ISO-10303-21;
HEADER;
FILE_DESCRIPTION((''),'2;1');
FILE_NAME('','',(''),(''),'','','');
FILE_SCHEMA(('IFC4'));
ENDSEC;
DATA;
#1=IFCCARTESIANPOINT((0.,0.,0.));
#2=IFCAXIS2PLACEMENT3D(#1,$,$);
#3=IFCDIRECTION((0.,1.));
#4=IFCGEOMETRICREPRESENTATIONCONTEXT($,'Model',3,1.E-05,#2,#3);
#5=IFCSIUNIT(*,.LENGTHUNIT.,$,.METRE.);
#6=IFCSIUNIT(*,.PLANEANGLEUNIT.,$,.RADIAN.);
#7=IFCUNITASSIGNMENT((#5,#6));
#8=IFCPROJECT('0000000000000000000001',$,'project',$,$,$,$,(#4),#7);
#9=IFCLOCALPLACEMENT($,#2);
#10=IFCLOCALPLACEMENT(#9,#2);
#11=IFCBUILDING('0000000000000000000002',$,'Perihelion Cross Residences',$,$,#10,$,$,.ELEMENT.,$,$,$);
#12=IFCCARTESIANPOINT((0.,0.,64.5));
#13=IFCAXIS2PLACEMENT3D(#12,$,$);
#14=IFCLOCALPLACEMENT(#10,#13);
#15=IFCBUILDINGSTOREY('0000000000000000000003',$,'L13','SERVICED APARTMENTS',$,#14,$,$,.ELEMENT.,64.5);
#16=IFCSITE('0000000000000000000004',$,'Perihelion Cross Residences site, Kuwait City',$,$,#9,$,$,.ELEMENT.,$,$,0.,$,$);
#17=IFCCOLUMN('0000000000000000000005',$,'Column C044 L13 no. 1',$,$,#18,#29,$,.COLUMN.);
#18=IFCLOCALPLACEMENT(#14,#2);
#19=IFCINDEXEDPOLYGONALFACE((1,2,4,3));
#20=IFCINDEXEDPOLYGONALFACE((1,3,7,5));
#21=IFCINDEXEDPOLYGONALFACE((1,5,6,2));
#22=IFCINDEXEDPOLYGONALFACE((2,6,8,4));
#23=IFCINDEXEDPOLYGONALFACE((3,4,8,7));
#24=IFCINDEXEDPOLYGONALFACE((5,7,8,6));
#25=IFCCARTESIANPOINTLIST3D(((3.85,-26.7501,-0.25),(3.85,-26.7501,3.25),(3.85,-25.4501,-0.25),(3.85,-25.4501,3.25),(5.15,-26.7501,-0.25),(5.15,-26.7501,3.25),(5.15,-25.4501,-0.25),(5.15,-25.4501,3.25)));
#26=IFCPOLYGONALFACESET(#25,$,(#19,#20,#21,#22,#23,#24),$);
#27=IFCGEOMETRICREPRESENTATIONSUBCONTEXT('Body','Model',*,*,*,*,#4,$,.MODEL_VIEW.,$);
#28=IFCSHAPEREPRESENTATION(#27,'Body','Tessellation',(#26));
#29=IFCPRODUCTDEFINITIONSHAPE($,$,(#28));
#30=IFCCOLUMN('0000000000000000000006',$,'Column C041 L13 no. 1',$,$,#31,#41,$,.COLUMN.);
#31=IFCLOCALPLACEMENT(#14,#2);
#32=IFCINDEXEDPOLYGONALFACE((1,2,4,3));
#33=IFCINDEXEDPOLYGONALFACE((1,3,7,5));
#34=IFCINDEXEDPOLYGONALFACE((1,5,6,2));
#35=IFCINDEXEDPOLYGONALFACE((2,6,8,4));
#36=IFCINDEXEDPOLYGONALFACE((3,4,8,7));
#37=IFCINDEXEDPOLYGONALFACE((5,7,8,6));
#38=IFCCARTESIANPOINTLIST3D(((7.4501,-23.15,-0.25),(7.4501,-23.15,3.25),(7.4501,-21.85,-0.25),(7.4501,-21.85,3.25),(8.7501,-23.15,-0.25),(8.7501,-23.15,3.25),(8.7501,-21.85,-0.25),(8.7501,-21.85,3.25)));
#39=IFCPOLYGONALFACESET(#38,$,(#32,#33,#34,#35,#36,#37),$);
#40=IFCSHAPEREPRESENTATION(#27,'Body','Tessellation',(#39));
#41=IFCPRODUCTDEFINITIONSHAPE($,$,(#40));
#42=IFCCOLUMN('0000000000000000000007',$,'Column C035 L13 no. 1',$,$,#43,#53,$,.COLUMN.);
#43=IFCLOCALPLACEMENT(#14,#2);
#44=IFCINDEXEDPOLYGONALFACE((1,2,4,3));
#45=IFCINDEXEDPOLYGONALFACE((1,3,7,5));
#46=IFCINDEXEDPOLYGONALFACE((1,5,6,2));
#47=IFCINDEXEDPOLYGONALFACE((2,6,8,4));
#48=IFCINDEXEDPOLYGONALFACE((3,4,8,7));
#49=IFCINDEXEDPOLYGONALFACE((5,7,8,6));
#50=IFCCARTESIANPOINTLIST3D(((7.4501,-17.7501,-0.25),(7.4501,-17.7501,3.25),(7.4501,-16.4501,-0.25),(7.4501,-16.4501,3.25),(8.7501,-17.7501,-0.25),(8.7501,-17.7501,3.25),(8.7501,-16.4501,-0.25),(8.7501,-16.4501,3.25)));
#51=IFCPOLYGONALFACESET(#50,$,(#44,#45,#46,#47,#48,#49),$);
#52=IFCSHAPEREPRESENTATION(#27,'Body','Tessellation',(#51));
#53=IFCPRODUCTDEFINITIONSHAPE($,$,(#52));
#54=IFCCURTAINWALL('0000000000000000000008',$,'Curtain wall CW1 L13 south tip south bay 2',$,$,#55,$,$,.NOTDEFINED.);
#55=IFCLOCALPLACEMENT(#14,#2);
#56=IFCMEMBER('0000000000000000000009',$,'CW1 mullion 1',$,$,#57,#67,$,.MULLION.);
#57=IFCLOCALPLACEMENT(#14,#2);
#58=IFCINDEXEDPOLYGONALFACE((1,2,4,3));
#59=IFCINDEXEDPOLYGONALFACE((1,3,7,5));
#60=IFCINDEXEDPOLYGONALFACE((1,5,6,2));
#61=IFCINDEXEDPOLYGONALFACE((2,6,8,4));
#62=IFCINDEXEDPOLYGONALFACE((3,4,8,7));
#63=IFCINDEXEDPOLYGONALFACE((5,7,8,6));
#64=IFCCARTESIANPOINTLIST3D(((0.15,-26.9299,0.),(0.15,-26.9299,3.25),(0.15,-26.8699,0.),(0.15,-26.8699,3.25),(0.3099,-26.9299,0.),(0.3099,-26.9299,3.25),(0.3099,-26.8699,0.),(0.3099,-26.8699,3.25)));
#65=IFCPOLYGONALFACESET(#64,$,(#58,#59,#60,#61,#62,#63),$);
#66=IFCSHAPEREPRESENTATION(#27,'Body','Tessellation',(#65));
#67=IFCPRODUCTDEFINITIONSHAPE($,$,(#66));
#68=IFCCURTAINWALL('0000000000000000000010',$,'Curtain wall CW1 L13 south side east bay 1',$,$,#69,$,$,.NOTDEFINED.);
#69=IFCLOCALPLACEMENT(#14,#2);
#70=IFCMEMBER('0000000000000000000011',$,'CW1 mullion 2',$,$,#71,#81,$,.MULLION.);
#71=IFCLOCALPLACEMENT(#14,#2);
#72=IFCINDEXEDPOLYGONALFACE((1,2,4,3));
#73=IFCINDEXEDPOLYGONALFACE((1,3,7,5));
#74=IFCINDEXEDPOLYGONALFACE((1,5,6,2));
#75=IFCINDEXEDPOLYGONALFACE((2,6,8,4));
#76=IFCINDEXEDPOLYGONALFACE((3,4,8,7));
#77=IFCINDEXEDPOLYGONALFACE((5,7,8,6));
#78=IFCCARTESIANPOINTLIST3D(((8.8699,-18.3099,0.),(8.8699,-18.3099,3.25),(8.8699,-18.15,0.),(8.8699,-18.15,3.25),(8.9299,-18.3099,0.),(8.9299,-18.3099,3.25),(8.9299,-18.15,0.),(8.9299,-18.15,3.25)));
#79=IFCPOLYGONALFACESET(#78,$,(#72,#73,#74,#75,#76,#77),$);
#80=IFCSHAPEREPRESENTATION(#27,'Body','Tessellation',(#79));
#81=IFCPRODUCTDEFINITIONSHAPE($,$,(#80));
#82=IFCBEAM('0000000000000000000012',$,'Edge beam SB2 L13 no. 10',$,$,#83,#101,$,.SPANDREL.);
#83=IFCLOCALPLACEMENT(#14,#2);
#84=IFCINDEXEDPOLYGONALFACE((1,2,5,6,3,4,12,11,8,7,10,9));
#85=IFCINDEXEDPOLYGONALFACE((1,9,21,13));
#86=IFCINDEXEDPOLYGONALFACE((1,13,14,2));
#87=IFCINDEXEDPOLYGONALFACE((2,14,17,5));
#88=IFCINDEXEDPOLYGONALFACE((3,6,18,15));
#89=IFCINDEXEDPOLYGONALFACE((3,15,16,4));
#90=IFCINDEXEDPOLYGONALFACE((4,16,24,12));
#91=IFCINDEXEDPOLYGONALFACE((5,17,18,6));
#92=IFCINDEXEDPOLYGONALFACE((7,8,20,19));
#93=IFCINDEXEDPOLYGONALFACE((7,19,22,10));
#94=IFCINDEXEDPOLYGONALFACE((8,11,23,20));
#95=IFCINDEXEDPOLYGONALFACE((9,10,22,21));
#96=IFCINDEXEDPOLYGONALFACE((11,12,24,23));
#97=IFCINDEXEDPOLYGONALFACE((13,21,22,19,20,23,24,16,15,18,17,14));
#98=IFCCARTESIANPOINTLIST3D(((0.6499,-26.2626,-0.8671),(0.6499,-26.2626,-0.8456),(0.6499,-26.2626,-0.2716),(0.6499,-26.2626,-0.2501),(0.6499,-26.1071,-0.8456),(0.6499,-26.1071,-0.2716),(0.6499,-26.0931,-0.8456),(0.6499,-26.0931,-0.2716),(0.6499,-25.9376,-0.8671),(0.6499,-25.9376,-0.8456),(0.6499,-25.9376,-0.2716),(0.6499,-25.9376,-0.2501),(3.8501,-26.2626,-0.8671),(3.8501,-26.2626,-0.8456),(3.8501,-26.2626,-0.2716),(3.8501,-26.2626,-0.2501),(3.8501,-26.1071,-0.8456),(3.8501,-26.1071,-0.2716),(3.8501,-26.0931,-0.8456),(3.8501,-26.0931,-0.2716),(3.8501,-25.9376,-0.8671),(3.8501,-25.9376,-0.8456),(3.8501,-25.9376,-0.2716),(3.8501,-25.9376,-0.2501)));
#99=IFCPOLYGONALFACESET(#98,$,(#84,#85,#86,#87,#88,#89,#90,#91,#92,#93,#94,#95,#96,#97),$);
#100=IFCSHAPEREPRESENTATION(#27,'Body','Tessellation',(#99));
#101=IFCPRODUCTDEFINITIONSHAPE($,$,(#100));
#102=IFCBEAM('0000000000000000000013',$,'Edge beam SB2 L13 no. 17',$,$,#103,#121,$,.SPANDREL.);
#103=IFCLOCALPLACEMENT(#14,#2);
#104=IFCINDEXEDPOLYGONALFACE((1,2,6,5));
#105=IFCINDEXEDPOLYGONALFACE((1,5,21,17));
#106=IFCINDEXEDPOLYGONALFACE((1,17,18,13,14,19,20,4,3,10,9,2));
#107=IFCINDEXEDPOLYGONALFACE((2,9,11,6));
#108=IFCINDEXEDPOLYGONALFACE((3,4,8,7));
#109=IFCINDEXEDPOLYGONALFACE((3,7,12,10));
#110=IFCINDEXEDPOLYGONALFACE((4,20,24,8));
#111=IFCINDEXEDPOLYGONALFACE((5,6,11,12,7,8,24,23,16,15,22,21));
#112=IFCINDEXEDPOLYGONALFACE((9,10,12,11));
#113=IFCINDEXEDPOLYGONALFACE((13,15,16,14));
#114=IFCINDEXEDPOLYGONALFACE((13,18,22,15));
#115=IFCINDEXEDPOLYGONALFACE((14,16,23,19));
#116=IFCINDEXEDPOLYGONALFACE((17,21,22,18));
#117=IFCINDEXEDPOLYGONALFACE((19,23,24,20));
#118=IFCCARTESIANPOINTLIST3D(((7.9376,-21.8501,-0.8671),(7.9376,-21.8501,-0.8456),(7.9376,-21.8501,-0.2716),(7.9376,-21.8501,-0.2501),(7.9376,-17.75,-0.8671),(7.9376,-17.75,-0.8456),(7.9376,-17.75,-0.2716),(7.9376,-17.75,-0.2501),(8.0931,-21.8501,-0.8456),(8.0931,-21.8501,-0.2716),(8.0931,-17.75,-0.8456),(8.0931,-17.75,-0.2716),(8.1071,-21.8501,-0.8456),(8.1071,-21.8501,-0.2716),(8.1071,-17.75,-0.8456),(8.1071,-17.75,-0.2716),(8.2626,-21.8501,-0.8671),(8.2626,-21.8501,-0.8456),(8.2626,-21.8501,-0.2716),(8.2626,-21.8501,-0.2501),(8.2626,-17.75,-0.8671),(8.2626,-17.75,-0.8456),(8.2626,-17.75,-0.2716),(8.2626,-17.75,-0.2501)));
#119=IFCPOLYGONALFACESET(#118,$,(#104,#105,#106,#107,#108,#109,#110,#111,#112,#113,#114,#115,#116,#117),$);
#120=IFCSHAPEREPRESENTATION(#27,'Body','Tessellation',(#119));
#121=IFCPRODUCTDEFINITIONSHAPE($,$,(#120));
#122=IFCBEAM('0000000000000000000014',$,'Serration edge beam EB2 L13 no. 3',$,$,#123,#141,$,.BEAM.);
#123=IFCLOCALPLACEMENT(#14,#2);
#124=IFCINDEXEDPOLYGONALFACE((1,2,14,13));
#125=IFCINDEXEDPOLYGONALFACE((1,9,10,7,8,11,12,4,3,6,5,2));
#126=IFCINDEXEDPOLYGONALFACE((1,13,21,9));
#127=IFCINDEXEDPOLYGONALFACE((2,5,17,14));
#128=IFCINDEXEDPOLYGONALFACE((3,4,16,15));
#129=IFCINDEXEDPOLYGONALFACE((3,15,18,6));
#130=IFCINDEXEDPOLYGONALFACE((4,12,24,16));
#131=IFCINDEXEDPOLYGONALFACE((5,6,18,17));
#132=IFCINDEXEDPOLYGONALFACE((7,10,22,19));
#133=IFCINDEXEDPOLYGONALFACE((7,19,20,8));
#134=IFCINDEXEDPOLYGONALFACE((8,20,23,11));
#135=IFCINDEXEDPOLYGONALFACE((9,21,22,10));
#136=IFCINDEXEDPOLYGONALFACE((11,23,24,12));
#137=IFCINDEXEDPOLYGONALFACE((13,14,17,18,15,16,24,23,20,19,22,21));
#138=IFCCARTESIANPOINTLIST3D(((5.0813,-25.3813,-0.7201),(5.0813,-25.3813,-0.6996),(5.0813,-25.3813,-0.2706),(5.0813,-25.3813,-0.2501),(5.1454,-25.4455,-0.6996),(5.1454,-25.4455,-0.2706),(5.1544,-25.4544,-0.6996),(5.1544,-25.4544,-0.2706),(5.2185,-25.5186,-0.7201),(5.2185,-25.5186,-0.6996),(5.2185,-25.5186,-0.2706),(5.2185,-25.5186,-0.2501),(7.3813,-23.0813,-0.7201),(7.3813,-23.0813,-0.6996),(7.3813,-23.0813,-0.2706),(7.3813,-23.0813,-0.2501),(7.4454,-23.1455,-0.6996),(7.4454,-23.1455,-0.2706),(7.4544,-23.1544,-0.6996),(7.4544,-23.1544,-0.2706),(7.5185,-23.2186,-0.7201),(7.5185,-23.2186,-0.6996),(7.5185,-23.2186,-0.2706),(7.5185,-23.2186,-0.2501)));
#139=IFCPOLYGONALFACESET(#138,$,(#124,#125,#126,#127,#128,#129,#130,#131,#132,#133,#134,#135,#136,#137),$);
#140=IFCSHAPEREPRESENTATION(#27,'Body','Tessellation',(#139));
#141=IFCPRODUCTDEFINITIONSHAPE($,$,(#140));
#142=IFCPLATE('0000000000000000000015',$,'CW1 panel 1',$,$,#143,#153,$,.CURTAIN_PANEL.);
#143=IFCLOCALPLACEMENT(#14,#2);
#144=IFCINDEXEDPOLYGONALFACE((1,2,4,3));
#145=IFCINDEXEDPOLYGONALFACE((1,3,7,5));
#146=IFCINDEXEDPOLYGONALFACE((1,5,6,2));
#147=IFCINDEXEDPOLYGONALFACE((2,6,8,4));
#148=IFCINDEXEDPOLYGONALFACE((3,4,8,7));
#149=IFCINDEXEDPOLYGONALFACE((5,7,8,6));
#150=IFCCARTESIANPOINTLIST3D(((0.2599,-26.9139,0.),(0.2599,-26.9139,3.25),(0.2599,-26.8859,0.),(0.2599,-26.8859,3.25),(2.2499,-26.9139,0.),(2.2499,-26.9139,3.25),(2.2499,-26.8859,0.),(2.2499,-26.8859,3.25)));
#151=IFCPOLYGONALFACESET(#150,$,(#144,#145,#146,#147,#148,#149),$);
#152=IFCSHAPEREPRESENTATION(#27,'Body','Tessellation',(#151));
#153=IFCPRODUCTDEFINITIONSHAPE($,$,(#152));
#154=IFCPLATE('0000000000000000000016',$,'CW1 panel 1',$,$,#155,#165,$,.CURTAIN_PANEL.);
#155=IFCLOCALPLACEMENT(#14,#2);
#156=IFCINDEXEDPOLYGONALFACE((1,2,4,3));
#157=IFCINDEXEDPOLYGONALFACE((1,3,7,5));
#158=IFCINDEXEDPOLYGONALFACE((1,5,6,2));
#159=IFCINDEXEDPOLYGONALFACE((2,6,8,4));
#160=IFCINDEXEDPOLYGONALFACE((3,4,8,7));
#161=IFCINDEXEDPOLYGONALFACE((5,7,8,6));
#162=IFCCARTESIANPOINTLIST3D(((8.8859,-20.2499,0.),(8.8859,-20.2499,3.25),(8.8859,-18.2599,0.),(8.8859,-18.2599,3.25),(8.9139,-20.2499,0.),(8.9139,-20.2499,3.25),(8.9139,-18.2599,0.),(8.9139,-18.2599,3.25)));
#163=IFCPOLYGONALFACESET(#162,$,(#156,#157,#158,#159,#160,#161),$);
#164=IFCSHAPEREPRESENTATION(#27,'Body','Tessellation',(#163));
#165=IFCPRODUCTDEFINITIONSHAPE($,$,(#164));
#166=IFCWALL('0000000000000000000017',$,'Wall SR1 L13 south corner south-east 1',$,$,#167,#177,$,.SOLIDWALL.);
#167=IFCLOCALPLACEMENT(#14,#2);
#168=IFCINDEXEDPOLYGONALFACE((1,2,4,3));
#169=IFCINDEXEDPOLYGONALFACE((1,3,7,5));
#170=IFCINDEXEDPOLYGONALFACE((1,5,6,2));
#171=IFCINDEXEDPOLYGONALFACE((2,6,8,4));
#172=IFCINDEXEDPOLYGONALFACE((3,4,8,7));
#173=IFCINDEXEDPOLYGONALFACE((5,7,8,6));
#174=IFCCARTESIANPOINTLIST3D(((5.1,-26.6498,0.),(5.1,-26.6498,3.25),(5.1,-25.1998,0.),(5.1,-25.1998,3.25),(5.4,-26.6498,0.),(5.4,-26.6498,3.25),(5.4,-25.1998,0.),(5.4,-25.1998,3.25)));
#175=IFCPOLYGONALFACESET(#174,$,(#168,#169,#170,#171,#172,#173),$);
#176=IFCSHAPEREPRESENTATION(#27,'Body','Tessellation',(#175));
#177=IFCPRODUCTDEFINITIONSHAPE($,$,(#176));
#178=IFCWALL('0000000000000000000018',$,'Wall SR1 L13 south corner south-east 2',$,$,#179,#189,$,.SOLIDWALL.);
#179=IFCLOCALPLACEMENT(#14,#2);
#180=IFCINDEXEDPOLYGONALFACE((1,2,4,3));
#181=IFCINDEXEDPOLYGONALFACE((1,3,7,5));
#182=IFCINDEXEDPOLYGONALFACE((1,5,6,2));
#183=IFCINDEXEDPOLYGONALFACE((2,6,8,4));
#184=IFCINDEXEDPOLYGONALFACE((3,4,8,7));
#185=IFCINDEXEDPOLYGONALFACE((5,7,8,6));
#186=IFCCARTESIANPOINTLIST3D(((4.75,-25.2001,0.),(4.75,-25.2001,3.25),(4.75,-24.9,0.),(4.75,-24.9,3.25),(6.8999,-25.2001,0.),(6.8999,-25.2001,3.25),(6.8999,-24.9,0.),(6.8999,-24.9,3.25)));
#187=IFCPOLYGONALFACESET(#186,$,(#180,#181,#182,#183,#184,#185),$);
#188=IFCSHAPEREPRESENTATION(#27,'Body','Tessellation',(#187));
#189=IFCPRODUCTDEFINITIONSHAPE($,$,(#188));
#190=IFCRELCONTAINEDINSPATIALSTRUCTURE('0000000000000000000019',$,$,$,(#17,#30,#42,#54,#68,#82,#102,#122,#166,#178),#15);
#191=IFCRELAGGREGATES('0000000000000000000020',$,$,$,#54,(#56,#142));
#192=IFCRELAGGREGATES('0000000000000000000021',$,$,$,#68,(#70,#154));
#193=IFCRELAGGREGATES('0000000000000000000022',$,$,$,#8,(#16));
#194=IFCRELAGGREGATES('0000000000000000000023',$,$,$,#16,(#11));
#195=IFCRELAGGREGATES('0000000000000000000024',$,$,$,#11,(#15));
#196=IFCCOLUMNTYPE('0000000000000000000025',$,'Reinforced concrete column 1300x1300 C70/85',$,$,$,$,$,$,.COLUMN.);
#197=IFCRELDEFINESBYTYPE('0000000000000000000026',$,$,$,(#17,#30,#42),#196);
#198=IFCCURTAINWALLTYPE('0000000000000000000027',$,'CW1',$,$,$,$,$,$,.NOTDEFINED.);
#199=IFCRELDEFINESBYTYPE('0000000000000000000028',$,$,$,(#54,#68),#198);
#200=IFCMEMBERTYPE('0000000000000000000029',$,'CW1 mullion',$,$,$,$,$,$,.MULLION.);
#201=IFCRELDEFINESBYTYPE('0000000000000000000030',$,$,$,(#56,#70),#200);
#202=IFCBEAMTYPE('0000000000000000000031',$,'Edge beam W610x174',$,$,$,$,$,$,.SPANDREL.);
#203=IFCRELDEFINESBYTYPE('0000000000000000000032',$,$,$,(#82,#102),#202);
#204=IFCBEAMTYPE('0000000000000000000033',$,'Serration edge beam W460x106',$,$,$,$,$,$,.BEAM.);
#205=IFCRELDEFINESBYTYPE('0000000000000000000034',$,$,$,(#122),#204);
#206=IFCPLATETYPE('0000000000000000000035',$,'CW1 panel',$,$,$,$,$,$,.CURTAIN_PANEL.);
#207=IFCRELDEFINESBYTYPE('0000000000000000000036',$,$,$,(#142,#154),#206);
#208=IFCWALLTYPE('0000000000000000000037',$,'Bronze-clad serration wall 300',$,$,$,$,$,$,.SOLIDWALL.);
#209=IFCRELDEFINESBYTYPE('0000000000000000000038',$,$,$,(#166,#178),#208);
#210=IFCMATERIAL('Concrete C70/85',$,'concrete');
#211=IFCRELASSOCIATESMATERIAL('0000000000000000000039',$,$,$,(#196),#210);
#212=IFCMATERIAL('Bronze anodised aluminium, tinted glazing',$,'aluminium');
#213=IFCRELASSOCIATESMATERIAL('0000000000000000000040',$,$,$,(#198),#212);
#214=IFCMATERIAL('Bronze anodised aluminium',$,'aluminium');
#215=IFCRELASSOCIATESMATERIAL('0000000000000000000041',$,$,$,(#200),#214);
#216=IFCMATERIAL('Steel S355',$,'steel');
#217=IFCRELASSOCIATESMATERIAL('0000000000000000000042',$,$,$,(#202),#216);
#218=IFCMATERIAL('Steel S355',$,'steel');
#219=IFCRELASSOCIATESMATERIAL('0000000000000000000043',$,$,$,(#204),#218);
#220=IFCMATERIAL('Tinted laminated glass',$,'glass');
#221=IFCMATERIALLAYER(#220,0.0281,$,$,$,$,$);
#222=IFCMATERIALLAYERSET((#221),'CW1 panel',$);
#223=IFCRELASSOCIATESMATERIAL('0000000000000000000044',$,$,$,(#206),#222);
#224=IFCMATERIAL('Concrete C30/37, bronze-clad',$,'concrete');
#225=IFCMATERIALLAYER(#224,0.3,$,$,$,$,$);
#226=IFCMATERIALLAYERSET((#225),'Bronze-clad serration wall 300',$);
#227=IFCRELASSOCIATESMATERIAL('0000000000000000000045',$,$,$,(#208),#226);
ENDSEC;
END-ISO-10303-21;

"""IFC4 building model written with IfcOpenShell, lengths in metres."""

from ifc_helpers import new_model, si_unit, direction, frame, frame_2d, origin, origin_2d, place, context, subcontext, project, spatial, rectangle, i_section, extrude, material, layer, layer_set, material_profile, profile_set, type_object, element, aggregate, save


model = new_model("IFC4")

# Units and contexts
model_context = context("Model", 3, precision=1e-05, world=origin(), true_north=direction((0.0, 1.0)))
body_context = subcontext(model_context, "Body", "Model", "MODEL_VIEW")
ifc_project = project(units=[si_unit("LENGTHUNIT", "METRE"), si_unit("PLANEANGLEUNIT", "RADIAN")], contexts=[model_context])

# Site, building, storey
site_placement = place(None, origin())
site = spatial("IfcSite", under=ifc_project, at=site_placement, Name="Perihelion Cross Residences site, Kuwait City", CompositionType="ELEMENT", RefElevation=0.0)
building_placement = place(site_placement, origin())
building = spatial("IfcBuilding", under=site, at=building_placement, Name="Perihelion Cross Residences", CompositionType="ELEMENT")
storey_placement = place(building_placement, frame((0.0, 0.0, 64.5)))
storey = spatial("IfcBuildingStorey", under=building, at=storey_placement, Name="L13", Description="SERVICED APARTMENTS", CompositionType="ELEMENT", Elevation=64.5)

# Columns
ifc_material_1 = material(Name="Concrete C70/85", Category="concrete")
ifc_material_profile_1 = material_profile(ifc_material_1, rectangle(XDim=1.3, YDim=1.3, at=origin_2d()), Name="RC 1300x1300")
ifc_profile_set_1 = profile_set([ifc_material_profile_1], Name="Concrete C70/85")
column_type = type_object("IfcColumnType", Name="Reinforced concrete column 1300x1300 C70/85", PredefinedType="COLUMN", material=ifc_profile_set_1)
for number, where, z_axis, x_axis, name in (
    (1, (4.5, -26.1001, -0.25), (0.0, 0.0, 1.0), (1.0, 0.0, 0.0), "Column C044 L13 no. 1"),
    (2, (8.1001, -22.5, -0.25), (0.0, 0.0, 1.0), (1.0, 0.0, 0.0), "Column C041 L13 no. 1"),
    (3, (8.1001, -17.1001, -0.25), (0.0, 0.0, 1.0), (1.0, 0.0, 0.0), "Column C035 L13 no. 1"),
):
    element("IfcColumn", number, at=place(storey_placement, frame(where, z_axis=z_axis, x_axis=x_axis)), inside=storey, type_object=column_type, Name=name, PredefinedType="COLUMN", context=body_context, shape_type="SweptSolid", body=[
        extrude(rectangle(XDim=1.3, YDim=1.3, at=origin_2d()), origin(), (0.0, 0.0, 1.0), 3.5),
    ])

# Curtain walls, members
ifc_material_2 = material(Name="Bronze anodised aluminium, tinted glazing", Category="aluminium")
curtain_wall_type = type_object("IfcCurtainWallType", Name="CW1", PredefinedType="NOTDEFINED", material=ifc_material_2)
curtain_wall_1_placement = place(storey_placement, origin())
curtain_wall_1 = element("IfcCurtainWall", 4, at=curtain_wall_1_placement, inside=storey, type_object=curtain_wall_type, Name="Curtain wall CW1 L13 south tip south bay 2", PredefinedType="NOTDEFINED")
ifc_material_3 = material(Name="Bronze anodised aluminium", Category="aluminium")
ifc_material_profile_2 = material_profile(ifc_material_3, rectangle(XDim=0.0601, YDim=0.1599, at=origin_2d()), Name="CW1 mullion")
ifc_profile_set_2 = profile_set([ifc_material_profile_2], Name="Bronze anodised aluminium")
member_type = type_object("IfcMemberType", Name="CW1 mullion", PredefinedType="MULLION", material=ifc_profile_set_2)
member_1_placement = place(storey_placement, frame((0.23, -26.8999, 0.0), z_axis=(0.0, 0.0, 1.0), x_axis=(0.0, 1.0, 0.0)))
member_1 = element("IfcMember", 5, at=member_1_placement, type_object=member_type, Name="CW1 mullion 1", PredefinedType="MULLION", context=body_context, shape_type="SweptSolid", body=[
    extrude(rectangle(XDim=0.0601, YDim=0.1599, at=origin_2d()), origin(), (0.0, 0.0, 1.0), 3.25),
])
curtain_wall_2_placement = place(storey_placement, origin())
curtain_wall_2 = element("IfcCurtainWall", 6, at=curtain_wall_2_placement, inside=storey, type_object=curtain_wall_type, Name="Curtain wall CW1 L13 south side east bay 1", PredefinedType="NOTDEFINED")
member_2_placement = place(storey_placement, frame((8.8999, -18.23, 0.0), z_axis=(0.0, 0.0, 1.0), x_axis=(-1.0, 0.0, 0.0)))
member_2 = element("IfcMember", 7, at=member_2_placement, type_object=member_type, Name="CW1 mullion 2", PredefinedType="MULLION", context=body_context, shape_type="SweptSolid", body=[
    extrude(rectangle(XDim=0.0601, YDim=0.1599, at=origin_2d()), origin(), (0.0, 0.0, 1.0), 3.25),
])

# Beams
ifc_material_4 = material(Name="Steel S355", Category="steel")
ifc_material_profile_3 = material_profile(ifc_material_4, i_section(OverallWidth=0.325, OverallDepth=0.6169, WebThickness=0.0139, FlangeThickness=0.0215, at=origin_2d()), Name="W610x174")
ifc_profile_set_3 = profile_set([ifc_material_profile_3], Name="Steel S355")
beam_type_1 = type_object("IfcBeamType", Name="Edge beam W610x174", PredefinedType="SPANDREL", material=ifc_profile_set_3)
beam_1_placement = place(storey_placement, frame((0.6499, -26.1001, -0.5586), z_axis=(1.0, 0.0, 0.0), x_axis=(0.0, 1.0, 0.0)))
element("IfcBeam", 8, at=beam_1_placement, inside=storey, type_object=beam_type_1, Name="Edge beam SB2 L13 no. 10", PredefinedType="SPANDREL", context=body_context, shape_type="SweptSolid", body=[
    extrude(i_section(OverallWidth=0.325, OverallDepth=0.6169, WebThickness=0.0139, FlangeThickness=0.0215, at=origin_2d()), origin(), (0.0, 0.0, 1.0), 3.2002),
])
beam_2_placement = place(storey_placement, frame((8.1001, -21.8501, -0.5586), z_axis=(0.0, 1.0, 0.0), x_axis=(-1.0, 0.0, 0.0)))
element("IfcBeam", 9, at=beam_2_placement, inside=storey, type_object=beam_type_1, Name="Edge beam SB2 L13 no. 17", PredefinedType="SPANDREL", context=body_context, shape_type="SweptSolid", body=[
    extrude(i_section(OverallWidth=0.325, OverallDepth=0.6169, WebThickness=0.0139, FlangeThickness=0.0215, at=origin_2d()), origin(), (0.0, 0.0, 1.0), 4.1001),
])
ifc_material_5 = material(Name="Steel S355", Category="steel")
ifc_material_profile_4 = material_profile(ifc_material_5, i_section(OverallWidth=0.1941, OverallDepth=0.47, WebThickness=0.0127, FlangeThickness=0.0205, at=origin_2d()), Name="W460x106")
ifc_profile_set_4 = profile_set([ifc_material_profile_4], Name="Steel S355")
beam_type_2 = type_object("IfcBeamType", Name="Serration edge beam W460x106", PredefinedType="BEAM", material=ifc_profile_set_4)
beam_3_placement = place(storey_placement, frame((5.1499, -25.45, -0.4851), z_axis=(0.707107, 0.707107, 0.0), x_axis=(-0.707107, 0.707107, 0.0)))
element("IfcBeam", 10, at=beam_3_placement, inside=storey, type_object=beam_type_2, Name="Serration edge beam EB2 L13 no. 3", PredefinedType="BEAM", context=body_context, shape_type="SweptSolid", body=[
    extrude(i_section(OverallWidth=0.1941, OverallDepth=0.47, WebThickness=0.0127, FlangeThickness=0.0205, at=origin_2d()), origin(), (0.0, 0.0, 1.0), 3.2527),
])

# Plates
ifc_material_6 = material(Name="Tinted laminated glass", Category="glass")
ifc_layer_1 = layer(ifc_material_6, 0.0281)
ifc_layer_set_1 = layer_set([ifc_layer_1], Name="CW1 panel")
plate_type = type_object("IfcPlateType", Name="CW1 panel", PredefinedType="CURTAIN_PANEL", material=ifc_layer_set_1)
plate_1_placement = place(storey_placement, frame((1.2549, -26.8999, 0.0), z_axis=(0.0, 0.0, 1.0), x_axis=(1.0, 0.0, 0.0)))
plate_1 = element("IfcPlate", 11, at=plate_1_placement, type_object=plate_type, Name="CW1 panel 1", PredefinedType="CURTAIN_PANEL", context=body_context, shape_type="SweptSolid", body=[
    extrude(rectangle(XDim=1.99, YDim=0.0281, at=origin_2d()), origin(), (0.0, 0.0, 1.0), 3.25),
])
aggregate(curtain_wall_1, [member_1, plate_1])
plate_2_placement = place(storey_placement, frame((8.8999, -19.2549, 0.0), z_axis=(0.0, 0.0, 1.0), x_axis=(0.0, 1.0, 0.0)))
plate_2 = element("IfcPlate", 12, at=plate_2_placement, type_object=plate_type, Name="CW1 panel 1", PredefinedType="CURTAIN_PANEL", context=body_context, shape_type="SweptSolid", body=[
    extrude(rectangle(XDim=1.99, YDim=0.0281, at=origin_2d()), origin(), (0.0, 0.0, 1.0), 3.25),
])
aggregate(curtain_wall_2, [member_2, plate_2])

# Walls
ifc_material_7 = material(Name="Concrete C30/37, bronze-clad", Category="concrete")
ifc_layer_2 = layer(ifc_material_7, 0.3)
ifc_layer_set_2 = layer_set([ifc_layer_2], Name="Bronze-clad serration wall 300")
wall_type_1 = type_object("IfcWallType", Name="Bronze-clad serration wall 300", PredefinedType="SOLIDWALL", material=ifc_layer_set_2)
wall_1_placement = place(storey_placement, frame((5.25, -26.6499, 0.0), z_axis=(0.0, 0.0, 1.0), x_axis=(0.0, 1.0, 0.0)))
element("IfcWall", 13, at=wall_1_placement, inside=storey, type_object=wall_type_1, Name="Wall SR1 L13 south corner south-east 1", PredefinedType="SOLIDWALL", context=body_context, shape_type="SweptSolid", body=[
    extrude(rectangle(XDim=1.45, YDim=0.3, at=frame_2d((0.7251, 0.0))), origin(), (0.0, 0.0, 1.0), 3.25),
])
wall_2_placement = place(storey_placement, frame((4.75, -25.05, 0.0), z_axis=(0.0, 0.0, 1.0), x_axis=(1.0, 0.0, 0.0)))
element("IfcWall", 14, at=wall_2_placement, inside=storey, type_object=wall_type_1, Name="Wall SR1 L13 south corner south-east 2", PredefinedType="SOLIDWALL", context=body_context, shape_type="SweptSolid", body=[
    extrude(rectangle(XDim=2.1499, YDim=0.3, at=frame_2d((1.075, 0.0))), origin(), (0.0, 0.0, 1.0), 3.25),
])

save(model, "model.ifc")
